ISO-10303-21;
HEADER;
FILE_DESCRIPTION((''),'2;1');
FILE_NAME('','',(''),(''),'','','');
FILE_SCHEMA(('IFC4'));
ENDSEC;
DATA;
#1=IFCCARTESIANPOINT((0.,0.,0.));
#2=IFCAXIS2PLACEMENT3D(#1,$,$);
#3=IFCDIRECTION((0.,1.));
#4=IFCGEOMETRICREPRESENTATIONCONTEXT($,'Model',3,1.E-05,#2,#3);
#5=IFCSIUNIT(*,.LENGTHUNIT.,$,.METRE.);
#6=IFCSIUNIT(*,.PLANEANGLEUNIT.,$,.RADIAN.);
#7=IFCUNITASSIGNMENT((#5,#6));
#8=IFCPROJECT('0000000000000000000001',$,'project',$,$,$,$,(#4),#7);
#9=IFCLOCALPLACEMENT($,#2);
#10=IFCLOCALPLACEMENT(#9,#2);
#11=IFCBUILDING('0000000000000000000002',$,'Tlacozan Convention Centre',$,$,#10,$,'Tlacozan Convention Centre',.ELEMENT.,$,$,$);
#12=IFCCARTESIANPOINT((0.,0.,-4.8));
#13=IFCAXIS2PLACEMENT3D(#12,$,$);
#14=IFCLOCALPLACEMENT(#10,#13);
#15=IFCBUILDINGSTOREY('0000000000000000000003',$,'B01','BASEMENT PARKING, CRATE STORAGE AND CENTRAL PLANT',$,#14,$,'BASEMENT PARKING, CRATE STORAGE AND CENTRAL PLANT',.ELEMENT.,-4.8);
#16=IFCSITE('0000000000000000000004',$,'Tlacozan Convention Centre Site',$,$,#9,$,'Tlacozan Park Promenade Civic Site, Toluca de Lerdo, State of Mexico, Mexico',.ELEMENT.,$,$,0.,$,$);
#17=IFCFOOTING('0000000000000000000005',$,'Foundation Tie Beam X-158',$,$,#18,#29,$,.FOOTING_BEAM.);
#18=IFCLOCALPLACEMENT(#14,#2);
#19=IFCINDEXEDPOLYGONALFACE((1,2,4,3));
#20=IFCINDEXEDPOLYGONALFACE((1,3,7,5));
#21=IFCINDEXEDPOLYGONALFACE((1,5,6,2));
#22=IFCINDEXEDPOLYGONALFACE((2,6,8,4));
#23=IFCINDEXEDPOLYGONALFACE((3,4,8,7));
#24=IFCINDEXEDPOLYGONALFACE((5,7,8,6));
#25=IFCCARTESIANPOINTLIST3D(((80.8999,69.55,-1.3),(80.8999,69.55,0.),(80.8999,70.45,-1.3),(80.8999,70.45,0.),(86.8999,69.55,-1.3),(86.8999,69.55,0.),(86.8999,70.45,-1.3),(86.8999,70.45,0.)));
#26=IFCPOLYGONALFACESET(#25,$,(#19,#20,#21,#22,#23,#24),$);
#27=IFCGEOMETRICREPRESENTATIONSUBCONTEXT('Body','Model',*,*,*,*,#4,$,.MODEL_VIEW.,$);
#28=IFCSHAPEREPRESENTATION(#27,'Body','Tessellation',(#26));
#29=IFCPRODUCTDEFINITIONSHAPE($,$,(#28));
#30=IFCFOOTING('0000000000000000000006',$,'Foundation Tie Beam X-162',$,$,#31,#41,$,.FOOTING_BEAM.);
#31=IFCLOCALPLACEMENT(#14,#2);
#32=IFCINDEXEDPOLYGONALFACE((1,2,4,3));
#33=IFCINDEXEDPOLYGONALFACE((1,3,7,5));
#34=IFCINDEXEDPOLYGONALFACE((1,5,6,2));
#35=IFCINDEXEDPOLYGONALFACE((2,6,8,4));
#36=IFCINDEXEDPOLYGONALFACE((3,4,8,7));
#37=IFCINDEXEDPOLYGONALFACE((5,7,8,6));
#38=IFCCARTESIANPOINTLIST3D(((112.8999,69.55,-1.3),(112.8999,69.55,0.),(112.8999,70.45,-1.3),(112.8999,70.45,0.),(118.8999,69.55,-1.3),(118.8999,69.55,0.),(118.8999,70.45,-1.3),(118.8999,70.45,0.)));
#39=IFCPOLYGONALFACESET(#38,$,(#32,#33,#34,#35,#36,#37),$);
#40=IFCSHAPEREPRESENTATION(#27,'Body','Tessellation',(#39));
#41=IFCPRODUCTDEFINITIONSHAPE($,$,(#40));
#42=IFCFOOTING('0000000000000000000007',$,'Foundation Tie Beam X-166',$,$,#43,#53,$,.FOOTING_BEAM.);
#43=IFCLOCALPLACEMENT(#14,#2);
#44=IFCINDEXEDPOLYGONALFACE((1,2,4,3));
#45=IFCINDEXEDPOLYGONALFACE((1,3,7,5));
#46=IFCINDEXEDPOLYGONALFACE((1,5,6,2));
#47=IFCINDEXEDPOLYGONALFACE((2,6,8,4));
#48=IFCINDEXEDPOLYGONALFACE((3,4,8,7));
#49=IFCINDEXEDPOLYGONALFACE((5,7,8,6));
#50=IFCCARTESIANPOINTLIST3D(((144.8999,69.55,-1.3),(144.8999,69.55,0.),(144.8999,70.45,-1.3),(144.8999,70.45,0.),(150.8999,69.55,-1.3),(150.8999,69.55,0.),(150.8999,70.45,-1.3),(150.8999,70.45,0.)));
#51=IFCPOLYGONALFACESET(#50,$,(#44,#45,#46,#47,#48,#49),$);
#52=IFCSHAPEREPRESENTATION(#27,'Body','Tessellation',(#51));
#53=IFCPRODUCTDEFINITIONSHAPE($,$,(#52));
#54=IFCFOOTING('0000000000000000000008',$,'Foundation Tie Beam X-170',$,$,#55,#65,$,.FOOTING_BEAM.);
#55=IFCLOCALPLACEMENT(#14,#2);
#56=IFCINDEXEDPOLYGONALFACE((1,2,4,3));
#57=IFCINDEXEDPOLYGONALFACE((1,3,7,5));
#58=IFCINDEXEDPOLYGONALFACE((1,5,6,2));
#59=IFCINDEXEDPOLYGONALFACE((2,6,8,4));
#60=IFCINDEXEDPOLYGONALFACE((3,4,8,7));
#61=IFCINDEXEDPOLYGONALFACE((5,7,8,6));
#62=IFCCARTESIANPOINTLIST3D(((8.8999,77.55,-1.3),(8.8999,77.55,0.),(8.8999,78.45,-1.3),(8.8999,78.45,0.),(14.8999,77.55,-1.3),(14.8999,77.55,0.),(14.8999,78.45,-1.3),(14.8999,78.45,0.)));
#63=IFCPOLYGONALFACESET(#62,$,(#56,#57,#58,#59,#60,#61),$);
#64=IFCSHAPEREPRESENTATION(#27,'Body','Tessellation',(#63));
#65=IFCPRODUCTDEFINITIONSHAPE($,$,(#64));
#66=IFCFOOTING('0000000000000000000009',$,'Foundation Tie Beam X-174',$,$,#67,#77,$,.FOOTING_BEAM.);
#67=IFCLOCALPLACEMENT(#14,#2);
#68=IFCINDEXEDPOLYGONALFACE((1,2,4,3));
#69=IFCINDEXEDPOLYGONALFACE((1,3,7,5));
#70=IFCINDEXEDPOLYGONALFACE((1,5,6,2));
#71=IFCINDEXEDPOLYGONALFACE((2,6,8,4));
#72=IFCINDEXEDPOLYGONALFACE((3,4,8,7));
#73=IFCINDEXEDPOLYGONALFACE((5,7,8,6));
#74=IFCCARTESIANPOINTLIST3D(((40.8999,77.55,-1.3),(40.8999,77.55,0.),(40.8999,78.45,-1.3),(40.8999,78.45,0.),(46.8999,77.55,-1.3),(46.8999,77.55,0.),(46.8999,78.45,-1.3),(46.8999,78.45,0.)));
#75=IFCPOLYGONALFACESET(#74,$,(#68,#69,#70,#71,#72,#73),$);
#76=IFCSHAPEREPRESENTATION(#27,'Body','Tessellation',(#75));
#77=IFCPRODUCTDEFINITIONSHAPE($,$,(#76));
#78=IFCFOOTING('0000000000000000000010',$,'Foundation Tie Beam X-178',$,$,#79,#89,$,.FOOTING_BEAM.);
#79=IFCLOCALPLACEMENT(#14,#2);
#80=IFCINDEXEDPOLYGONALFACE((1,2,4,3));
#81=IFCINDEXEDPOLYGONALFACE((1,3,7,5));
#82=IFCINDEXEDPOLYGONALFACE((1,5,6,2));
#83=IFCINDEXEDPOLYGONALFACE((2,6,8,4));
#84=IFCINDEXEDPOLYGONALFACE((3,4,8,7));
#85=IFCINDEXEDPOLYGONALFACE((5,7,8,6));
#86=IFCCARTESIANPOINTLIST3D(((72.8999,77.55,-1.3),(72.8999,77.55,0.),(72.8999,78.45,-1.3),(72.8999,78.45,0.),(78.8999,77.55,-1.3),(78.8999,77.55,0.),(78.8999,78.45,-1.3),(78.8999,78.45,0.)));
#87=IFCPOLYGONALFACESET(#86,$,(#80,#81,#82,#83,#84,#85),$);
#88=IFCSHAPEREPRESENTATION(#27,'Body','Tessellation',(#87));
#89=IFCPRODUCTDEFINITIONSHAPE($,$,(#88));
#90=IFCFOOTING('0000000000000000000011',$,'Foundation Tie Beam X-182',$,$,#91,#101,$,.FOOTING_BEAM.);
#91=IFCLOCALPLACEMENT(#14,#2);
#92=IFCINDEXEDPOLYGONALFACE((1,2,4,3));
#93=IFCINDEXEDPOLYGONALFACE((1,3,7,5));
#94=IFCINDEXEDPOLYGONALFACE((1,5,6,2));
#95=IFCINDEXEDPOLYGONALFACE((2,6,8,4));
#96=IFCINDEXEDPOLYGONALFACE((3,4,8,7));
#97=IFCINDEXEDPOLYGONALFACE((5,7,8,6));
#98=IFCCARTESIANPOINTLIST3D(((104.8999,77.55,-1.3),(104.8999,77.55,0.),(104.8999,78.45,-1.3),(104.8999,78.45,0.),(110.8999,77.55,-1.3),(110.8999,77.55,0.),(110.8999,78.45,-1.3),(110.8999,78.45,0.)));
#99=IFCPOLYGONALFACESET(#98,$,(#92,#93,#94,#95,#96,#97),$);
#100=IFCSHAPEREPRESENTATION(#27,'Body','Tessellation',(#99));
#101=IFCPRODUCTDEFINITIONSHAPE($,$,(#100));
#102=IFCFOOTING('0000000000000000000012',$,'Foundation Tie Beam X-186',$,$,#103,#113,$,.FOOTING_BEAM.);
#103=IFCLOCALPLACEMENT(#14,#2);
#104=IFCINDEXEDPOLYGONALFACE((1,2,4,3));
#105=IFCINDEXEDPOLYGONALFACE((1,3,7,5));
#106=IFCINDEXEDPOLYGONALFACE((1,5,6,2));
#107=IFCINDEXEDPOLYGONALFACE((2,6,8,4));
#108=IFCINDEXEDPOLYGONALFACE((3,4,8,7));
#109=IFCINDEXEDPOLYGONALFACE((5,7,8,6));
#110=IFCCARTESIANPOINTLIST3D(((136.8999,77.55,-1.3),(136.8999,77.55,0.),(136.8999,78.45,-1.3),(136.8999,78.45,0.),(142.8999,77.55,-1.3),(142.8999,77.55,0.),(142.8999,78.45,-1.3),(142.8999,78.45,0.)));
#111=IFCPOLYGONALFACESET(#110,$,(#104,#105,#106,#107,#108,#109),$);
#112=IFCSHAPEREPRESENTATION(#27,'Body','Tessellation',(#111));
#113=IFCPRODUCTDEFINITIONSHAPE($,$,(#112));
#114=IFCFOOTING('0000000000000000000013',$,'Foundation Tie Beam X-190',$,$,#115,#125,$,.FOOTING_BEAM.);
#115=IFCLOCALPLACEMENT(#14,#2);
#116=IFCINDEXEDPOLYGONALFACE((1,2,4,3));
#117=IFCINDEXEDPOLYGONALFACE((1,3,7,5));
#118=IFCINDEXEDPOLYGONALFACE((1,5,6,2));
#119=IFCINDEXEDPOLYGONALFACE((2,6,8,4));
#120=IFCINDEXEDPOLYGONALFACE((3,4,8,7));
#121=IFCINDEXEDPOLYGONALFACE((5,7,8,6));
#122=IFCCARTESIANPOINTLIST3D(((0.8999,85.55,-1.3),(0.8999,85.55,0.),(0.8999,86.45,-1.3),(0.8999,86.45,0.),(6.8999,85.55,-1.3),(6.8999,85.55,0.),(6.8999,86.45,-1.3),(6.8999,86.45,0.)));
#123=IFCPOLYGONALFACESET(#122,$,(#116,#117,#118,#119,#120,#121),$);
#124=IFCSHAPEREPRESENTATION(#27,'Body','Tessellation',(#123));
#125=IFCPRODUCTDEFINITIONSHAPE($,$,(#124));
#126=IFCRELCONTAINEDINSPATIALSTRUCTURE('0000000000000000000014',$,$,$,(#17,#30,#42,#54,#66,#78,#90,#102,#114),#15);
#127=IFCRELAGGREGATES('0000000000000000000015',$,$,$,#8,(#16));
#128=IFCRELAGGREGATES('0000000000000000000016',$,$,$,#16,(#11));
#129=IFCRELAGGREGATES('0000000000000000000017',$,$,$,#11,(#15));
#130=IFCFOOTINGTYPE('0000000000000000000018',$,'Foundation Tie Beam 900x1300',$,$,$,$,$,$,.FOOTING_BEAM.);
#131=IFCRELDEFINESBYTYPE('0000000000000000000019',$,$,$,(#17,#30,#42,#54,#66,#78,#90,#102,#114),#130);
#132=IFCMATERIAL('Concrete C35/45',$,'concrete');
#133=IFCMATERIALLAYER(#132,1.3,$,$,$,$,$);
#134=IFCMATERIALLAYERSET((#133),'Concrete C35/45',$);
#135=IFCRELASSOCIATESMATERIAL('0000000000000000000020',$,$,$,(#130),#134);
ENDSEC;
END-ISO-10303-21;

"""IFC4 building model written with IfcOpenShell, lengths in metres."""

from ifc_helpers import new_model, si_unit, direction, frame, origin, place, context, subcontext, project, spatial, polyline, outline, extrude, material, layer, layer_set, type_object, element, save


model = new_model("IFC4")

# Units and contexts
model_context = context("Model", 3, precision=1e-05, world=origin(), true_north=direction((0.0, 1.0)))
body_context = subcontext(model_context, "Body", "Model", "MODEL_VIEW")
ifc_project = project(units=[si_unit("LENGTHUNIT", "METRE"), si_unit("PLANEANGLEUNIT", "RADIAN")], contexts=[model_context])

# Site, building, storey
site_placement = place(None, origin())
site = spatial("IfcSite", under=ifc_project, at=site_placement, Name="Tlacozan Convention Centre Site", LongName="Tlacozan Park Promenade Civic Site, Toluca de Lerdo, State of Mexico, Mexico", CompositionType="ELEMENT", RefElevation=0.0)
building_placement = place(site_placement, origin())
building = spatial("IfcBuilding", under=site, at=building_placement, Name="Tlacozan Convention Centre", LongName="Tlacozan Convention Centre", CompositionType="ELEMENT")
storey_placement = place(building_placement, frame((0.0, 0.0, -4.8)))
storey = spatial("IfcBuildingStorey", under=building, at=storey_placement, Name="B01", Description="BASEMENT PARKING, CRATE STORAGE AND CENTRAL PLANT", LongName="BASEMENT PARKING, CRATE STORAGE AND CENTRAL PLANT", CompositionType="ELEMENT", Elevation=-4.8)

# Footings
ifc_material = material(Name="Concrete C35/45", Category="concrete")
ifc_layer = layer(ifc_material, 1.3)
ifc_layer_set = layer_set([ifc_layer], Name="Concrete C35/45")
footing_type = type_object("IfcFootingType", Name="Foundation Tie Beam 900x1300", PredefinedType="FOOTING_BEAM", material=ifc_layer_set)
footing_1_placement = place(storey_placement, frame((0.0, 0.0, -1.3)))
element("IfcFooting", 1, at=footing_1_placement, inside=storey, type_object=footing_type, Name="Foundation Tie Beam X-158", PredefinedType="FOOTING_BEAM", context=body_context, shape_type="SweptSolid", body=[
    extrude(outline(polyline([(80.8999, 69.55), (86.8999, 69.55), (86.8999, 70.45), (80.8999, 70.45), (80.8999, 69.55)])), origin(), (0.0, 0.0, 1.0), 1.3),
])
footing_2_placement = place(storey_placement, frame((0.0, 0.0, -1.3)))
element("IfcFooting", 2, at=footing_2_placement, inside=storey, type_object=footing_type, Name="Foundation Tie Beam X-162", PredefinedType="FOOTING_BEAM", context=body_context, shape_type="SweptSolid", body=[
    extrude(outline(polyline([(112.8999, 69.55), (118.8999, 69.55), (118.8999, 70.45), (112.8999, 70.45), (112.8999, 69.55)])), origin(), (0.0, 0.0, 1.0), 1.3),
])
footing_3_placement = place(storey_placement, frame((0.0, 0.0, -1.3)))
element("IfcFooting", 3, at=footing_3_placement, inside=storey, type_object=footing_type, Name="Foundation Tie Beam X-166", PredefinedType="FOOTING_BEAM", context=body_context, shape_type="SweptSolid", body=[
    extrude(outline(polyline([(144.8999, 69.55), (150.8999, 69.55), (150.8999, 70.45), (144.8999, 70.45), (144.8999, 69.55)])), origin(), (0.0, 0.0, 1.0), 1.3),
])
footing_4_placement = place(storey_placement, frame((0.0, 0.0, -1.3)))
element("IfcFooting", 4, at=footing_4_placement, inside=storey, type_object=footing_type, Name="Foundation Tie Beam X-170", PredefinedType="FOOTING_BEAM", context=body_context, shape_type="SweptSolid", body=[
    extrude(outline(polyline([(8.8999, 77.55), (14.8999, 77.55), (14.8999, 78.45), (8.8999, 78.45), (8.8999, 77.55)])), origin(), (0.0, 0.0, 1.0), 1.3),
])
footing_5_placement = place(storey_placement, frame((0.0, 0.0, -1.3)))
element("IfcFooting", 5, at=footing_5_placement, inside=storey, type_object=footing_type, Name="Foundation Tie Beam X-174", PredefinedType="FOOTING_BEAM", context=body_context, shape_type="SweptSolid", body=[
    extrude(outline(polyline([(40.8999, 77.55), (46.8999, 77.55), (46.8999, 78.45), (40.8999, 78.45), (40.8999, 77.55)])), origin(), (0.0, 0.0, 1.0), 1.3),
])
footing_6_placement = place(storey_placement, frame((0.0, 0.0, -1.3)))
element("IfcFooting", 6, at=footing_6_placement, inside=storey, type_object=footing_type, Name="Foundation Tie Beam X-178", PredefinedType="FOOTING_BEAM", context=body_context, shape_type="SweptSolid", body=[
    extrude(outline(polyline([(72.8999, 77.55), (78.8999, 77.55), (78.8999, 78.45), (72.8999, 78.45), (72.8999, 77.55)])), origin(), (0.0, 0.0, 1.0), 1.3),
])
footing_7_placement = place(storey_placement, frame((0.0, 0.0, -1.3)))
element("IfcFooting", 7, at=footing_7_placement, inside=storey, type_object=footing_type, Name="Foundation Tie Beam X-182", PredefinedType="FOOTING_BEAM", context=body_context, shape_type="SweptSolid", body=[
    extrude(outline(polyline([(104.8999, 77.55), (110.8999, 77.55), (110.8999, 78.45), (104.8999, 78.45), (104.8999, 77.55)])), origin(), (0.0, 0.0, 1.0), 1.3),
])
footing_8_placement = place(storey_placement, frame((0.0, 0.0, -1.3)))
element("IfcFooting", 8, at=footing_8_placement, inside=storey, type_object=footing_type, Name="Foundation Tie Beam X-186", PredefinedType="FOOTING_BEAM", context=body_context, shape_type="SweptSolid", body=[
    extrude(outline(polyline([(136.8999, 77.55), (142.8999, 77.55), (142.8999, 78.45), (136.8999, 78.45), (136.8999, 77.55)])), origin(), (0.0, 0.0, 1.0), 1.3),
])
footing_9_placement = place(storey_placement, frame((0.0, 0.0, -1.3)))
element("IfcFooting", 9, at=footing_9_placement, inside=storey, type_object=footing_type, Name="Foundation Tie Beam X-190", PredefinedType="FOOTING_BEAM", context=body_context, shape_type="SweptSolid", body=[
    extrude(outline(polyline([(0.8999, 85.55), (6.8999, 85.55), (6.8999, 86.45), (0.8999, 86.45), (0.8999, 85.55)])), origin(), (0.0, 0.0, 1.0), 1.3),
])

save(model, "model.ifc")
